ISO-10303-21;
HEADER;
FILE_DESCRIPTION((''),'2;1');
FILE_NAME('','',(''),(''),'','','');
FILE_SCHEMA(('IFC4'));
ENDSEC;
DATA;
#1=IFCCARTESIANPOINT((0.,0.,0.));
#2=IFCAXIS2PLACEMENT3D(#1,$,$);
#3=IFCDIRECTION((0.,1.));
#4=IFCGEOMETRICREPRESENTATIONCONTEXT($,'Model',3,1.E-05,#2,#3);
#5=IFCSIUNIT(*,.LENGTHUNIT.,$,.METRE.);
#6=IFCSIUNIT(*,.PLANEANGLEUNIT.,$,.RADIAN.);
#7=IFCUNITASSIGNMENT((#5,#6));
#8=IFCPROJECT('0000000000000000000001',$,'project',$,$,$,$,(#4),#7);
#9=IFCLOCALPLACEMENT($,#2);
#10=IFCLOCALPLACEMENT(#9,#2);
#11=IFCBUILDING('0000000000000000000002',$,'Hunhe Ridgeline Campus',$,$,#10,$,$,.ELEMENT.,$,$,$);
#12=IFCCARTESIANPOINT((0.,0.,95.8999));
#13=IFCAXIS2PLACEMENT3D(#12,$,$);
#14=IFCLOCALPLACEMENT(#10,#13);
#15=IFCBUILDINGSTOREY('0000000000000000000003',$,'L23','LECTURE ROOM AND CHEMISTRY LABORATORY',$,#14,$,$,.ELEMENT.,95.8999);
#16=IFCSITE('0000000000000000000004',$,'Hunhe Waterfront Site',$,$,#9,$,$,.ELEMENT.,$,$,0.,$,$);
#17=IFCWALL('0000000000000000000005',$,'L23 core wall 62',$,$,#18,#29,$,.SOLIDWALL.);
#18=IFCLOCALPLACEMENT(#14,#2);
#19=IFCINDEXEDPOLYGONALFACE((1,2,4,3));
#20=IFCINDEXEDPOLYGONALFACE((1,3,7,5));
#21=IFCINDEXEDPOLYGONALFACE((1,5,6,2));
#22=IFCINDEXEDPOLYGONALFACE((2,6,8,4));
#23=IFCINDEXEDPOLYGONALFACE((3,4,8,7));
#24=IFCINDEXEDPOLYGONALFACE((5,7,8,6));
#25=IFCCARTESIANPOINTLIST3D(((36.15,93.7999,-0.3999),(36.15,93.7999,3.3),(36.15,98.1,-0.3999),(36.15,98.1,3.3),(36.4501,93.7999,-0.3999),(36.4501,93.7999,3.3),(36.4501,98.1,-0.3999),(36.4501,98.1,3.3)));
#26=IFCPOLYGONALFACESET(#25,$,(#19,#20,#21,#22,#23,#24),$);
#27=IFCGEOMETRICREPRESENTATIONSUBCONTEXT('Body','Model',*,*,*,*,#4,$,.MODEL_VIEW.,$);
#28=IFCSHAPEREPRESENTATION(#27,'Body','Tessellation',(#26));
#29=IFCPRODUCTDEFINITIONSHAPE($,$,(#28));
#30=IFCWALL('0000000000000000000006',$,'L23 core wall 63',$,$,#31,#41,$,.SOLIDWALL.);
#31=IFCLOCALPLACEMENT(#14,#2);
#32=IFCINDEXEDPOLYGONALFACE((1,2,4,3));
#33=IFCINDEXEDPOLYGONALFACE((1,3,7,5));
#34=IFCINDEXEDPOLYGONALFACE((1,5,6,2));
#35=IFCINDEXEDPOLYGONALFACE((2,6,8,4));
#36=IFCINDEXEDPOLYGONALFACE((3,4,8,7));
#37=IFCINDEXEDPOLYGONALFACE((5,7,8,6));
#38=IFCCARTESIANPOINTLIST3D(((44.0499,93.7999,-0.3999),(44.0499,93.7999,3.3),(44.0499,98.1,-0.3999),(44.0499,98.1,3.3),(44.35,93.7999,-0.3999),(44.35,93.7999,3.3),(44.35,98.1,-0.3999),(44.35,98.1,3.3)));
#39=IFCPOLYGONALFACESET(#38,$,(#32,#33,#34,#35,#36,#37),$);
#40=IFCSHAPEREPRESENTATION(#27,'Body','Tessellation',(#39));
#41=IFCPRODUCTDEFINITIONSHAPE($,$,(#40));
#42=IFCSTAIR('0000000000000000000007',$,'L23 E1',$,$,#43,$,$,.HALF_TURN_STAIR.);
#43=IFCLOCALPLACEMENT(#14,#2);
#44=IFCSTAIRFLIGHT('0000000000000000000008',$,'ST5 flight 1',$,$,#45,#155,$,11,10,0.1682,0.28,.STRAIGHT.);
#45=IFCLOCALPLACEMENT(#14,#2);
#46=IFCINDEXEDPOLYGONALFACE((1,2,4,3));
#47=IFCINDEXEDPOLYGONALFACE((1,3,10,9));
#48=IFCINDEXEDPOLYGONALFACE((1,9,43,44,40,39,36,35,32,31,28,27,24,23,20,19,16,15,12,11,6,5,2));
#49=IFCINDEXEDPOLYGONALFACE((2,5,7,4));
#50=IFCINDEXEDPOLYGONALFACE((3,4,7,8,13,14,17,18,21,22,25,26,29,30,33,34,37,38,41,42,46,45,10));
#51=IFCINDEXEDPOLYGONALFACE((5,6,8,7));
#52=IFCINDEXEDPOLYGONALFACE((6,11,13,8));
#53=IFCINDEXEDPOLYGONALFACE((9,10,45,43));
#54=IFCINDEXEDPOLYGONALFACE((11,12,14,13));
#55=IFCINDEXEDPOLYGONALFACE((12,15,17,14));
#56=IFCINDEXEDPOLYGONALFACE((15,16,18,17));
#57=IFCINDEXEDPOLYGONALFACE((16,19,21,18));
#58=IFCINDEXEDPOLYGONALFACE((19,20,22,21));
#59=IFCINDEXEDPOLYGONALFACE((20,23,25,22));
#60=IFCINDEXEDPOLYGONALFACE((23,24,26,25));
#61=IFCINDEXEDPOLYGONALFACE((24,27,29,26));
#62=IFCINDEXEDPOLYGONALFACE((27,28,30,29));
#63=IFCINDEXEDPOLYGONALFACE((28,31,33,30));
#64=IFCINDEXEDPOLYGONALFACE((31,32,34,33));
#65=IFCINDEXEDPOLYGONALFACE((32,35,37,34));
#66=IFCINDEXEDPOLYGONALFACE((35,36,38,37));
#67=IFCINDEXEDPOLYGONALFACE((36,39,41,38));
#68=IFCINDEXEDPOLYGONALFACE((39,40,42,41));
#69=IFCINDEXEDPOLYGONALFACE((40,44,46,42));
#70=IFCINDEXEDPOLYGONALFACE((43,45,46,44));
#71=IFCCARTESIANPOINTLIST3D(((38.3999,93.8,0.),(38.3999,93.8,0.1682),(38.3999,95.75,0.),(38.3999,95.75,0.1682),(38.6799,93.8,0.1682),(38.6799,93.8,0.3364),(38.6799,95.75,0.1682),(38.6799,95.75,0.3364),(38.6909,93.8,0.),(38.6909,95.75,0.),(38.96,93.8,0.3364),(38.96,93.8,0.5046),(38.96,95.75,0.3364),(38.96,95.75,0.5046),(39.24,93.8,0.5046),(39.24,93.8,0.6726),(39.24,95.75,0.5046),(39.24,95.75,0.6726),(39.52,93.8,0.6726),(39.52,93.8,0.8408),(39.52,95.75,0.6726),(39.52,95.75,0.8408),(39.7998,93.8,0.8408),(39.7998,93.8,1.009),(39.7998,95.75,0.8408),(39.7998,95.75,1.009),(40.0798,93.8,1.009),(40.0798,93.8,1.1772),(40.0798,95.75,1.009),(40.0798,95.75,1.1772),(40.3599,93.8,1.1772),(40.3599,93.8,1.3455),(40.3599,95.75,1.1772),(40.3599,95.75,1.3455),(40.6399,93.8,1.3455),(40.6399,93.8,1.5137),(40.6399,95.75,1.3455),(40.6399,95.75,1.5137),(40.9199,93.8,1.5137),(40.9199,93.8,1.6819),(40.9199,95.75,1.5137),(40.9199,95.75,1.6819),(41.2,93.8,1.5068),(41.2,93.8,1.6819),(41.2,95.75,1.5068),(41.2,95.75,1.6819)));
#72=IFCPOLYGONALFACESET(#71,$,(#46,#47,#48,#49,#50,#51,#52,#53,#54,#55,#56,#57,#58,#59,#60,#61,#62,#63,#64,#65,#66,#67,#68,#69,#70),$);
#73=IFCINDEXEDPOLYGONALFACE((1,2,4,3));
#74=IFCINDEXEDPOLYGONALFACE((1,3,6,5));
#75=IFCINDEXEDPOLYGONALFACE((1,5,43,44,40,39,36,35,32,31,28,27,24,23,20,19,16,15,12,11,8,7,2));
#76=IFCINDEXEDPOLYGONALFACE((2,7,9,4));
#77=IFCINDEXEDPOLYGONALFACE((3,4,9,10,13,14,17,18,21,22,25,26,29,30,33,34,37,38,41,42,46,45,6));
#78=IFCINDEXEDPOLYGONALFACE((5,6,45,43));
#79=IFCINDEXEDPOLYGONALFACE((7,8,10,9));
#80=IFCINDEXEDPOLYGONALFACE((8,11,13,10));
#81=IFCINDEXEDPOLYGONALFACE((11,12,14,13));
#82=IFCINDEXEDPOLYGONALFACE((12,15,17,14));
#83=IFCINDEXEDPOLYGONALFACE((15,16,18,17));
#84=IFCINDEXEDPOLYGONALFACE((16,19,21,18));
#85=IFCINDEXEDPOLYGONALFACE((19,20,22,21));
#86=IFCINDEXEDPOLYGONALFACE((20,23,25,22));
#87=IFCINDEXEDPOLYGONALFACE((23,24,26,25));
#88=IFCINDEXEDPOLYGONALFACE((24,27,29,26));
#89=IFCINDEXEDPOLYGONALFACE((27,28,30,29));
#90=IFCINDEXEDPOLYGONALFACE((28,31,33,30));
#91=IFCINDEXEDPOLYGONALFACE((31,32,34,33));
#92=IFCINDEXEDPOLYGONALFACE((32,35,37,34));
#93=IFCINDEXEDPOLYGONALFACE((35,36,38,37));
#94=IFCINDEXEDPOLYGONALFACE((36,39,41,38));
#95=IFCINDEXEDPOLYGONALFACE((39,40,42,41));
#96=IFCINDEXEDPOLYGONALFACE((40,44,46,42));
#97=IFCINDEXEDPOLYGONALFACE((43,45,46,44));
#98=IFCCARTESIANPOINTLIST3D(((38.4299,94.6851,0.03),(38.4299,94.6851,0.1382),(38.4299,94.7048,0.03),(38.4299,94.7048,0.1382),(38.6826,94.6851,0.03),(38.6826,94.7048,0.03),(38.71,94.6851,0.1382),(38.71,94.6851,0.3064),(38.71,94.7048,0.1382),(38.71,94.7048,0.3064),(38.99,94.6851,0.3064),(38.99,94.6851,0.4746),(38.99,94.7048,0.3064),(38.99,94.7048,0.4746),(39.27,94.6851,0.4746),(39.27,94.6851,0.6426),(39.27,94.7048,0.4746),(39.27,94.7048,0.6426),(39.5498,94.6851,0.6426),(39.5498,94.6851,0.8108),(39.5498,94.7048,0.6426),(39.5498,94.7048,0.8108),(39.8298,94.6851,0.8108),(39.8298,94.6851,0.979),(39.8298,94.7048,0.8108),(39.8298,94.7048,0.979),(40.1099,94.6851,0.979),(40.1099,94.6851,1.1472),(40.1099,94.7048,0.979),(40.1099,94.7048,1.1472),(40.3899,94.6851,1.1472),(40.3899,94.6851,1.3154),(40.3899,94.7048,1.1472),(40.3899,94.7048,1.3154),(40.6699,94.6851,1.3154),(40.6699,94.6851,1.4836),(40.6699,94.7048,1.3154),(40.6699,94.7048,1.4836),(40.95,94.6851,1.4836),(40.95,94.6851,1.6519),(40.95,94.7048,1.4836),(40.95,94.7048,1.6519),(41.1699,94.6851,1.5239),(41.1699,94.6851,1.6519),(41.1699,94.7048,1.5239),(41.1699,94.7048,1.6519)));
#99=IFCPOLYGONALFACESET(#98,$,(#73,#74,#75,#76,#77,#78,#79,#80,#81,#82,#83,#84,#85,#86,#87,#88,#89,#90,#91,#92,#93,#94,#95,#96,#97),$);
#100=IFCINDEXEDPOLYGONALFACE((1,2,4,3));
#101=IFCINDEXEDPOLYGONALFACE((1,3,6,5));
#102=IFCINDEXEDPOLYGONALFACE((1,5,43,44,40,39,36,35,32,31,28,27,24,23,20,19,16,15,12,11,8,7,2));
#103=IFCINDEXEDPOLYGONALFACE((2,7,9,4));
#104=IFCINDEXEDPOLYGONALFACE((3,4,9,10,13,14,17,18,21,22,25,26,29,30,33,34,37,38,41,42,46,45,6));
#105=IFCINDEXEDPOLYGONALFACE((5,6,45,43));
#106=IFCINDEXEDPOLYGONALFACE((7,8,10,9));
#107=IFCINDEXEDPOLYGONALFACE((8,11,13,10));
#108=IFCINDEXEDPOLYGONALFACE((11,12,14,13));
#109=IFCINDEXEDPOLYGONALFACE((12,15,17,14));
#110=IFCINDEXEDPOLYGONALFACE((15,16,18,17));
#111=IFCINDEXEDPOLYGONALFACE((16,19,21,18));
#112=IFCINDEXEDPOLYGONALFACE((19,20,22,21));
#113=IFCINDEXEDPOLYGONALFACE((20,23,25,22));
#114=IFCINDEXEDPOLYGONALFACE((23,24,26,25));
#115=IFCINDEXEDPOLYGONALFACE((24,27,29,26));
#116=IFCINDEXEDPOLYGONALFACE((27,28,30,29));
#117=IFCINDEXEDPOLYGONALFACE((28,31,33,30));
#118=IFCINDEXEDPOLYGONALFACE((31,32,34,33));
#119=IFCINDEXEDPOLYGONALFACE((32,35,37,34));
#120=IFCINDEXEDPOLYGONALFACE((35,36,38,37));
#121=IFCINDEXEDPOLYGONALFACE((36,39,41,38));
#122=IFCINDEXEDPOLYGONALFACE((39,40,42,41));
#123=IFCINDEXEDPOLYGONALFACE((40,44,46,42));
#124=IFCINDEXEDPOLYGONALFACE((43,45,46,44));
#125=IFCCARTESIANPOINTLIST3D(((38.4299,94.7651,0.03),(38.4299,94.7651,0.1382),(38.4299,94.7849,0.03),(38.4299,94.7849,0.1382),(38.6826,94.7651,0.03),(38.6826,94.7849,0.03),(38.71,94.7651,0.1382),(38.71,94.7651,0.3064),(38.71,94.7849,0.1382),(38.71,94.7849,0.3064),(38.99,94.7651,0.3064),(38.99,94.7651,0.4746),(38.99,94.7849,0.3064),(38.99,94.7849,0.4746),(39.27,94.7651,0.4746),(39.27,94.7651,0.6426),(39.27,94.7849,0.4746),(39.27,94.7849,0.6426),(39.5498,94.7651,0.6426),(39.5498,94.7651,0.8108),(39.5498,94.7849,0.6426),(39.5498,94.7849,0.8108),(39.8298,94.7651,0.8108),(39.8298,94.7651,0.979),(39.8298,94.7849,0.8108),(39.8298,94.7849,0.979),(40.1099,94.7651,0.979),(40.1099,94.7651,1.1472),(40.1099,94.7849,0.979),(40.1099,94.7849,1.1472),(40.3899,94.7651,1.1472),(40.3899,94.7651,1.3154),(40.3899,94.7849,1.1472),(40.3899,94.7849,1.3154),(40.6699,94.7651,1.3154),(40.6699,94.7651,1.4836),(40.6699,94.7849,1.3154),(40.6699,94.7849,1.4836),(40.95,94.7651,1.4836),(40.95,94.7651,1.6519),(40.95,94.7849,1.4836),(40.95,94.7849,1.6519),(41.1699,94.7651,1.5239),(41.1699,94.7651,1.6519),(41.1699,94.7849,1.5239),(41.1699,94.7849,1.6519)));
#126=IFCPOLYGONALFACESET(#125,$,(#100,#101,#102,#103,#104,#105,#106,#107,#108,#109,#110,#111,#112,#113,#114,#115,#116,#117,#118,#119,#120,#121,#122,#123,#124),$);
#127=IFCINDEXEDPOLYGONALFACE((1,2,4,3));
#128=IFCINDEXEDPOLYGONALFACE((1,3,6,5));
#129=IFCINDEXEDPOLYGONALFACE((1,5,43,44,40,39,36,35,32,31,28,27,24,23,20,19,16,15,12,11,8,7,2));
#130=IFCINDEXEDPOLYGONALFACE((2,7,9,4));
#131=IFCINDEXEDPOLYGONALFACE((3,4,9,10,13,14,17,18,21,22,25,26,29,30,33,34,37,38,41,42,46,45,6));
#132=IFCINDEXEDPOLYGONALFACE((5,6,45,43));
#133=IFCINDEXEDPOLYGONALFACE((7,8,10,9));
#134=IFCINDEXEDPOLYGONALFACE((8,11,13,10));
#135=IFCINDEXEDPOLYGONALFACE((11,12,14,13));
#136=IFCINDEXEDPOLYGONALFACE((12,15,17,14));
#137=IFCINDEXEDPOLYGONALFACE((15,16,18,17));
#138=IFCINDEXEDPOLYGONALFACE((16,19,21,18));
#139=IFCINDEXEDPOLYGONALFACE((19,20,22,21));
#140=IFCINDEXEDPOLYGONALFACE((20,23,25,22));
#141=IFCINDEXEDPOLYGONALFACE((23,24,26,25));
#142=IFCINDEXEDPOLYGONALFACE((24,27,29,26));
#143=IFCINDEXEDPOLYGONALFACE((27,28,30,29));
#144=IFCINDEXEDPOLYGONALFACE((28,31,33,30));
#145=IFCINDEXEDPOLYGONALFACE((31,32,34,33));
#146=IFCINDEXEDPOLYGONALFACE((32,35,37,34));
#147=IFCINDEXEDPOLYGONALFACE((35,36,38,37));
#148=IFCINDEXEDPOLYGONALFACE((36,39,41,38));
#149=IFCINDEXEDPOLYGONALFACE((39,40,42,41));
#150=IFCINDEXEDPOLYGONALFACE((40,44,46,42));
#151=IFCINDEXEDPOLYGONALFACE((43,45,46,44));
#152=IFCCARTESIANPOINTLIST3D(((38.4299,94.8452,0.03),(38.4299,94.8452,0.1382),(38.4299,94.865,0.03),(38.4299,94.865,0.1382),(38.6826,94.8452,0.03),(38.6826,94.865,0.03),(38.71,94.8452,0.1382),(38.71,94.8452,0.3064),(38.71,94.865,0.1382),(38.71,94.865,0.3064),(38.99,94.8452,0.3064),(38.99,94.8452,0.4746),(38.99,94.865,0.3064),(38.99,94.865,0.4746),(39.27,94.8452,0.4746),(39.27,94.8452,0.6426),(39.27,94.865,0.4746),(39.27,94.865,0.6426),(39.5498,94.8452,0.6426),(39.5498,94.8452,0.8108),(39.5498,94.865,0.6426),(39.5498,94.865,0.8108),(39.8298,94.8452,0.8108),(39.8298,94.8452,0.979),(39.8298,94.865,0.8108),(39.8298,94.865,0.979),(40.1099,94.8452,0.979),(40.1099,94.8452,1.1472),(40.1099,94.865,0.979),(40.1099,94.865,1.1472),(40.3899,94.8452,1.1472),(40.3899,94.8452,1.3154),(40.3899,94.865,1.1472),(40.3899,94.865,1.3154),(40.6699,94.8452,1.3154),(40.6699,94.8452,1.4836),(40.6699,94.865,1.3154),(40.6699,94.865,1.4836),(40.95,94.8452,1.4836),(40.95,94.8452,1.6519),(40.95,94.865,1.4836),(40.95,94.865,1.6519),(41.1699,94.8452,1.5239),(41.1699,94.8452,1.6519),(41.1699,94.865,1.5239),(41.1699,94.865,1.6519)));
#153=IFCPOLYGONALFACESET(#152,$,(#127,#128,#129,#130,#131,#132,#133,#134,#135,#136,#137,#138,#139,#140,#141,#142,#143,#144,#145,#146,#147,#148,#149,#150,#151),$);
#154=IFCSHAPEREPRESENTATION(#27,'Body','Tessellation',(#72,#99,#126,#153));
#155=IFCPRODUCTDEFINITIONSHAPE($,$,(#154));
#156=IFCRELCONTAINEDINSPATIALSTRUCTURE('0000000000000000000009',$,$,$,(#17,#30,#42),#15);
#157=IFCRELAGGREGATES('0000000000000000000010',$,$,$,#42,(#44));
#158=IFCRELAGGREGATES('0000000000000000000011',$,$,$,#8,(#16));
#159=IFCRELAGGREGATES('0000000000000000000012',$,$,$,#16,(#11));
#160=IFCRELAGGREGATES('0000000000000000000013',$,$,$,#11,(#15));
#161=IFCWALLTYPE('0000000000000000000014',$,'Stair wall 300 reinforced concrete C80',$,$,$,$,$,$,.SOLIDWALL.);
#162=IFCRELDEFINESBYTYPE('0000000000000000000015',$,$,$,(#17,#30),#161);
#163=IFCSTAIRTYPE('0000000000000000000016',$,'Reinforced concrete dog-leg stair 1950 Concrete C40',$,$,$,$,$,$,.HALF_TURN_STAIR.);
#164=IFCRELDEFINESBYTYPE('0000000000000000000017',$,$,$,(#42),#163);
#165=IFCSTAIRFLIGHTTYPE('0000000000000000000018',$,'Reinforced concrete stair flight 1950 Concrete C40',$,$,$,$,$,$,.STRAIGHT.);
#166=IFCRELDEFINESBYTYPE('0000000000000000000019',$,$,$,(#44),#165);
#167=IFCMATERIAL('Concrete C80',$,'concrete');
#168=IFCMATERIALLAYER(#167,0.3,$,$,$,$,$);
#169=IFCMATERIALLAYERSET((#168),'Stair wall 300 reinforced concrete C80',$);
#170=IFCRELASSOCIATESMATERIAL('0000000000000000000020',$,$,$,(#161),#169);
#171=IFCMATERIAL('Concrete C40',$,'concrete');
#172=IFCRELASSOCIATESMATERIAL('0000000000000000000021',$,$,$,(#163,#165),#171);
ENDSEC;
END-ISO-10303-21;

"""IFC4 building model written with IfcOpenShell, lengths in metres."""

from ifc_helpers import new_model, si_unit, direction, frame, frame_2d, origin, place, context, subcontext, project, spatial, polyline, rectangle, outline, extrude, material, layer, layer_set, type_object, element, aggregate, save


model = new_model("IFC4")

# Units and contexts
model_context = context("Model", 3, precision=1e-05, world=origin(), true_north=direction((0.0, 1.0)))
body_context = subcontext(model_context, "Body", "Model", "MODEL_VIEW")
ifc_project = project(units=[si_unit("LENGTHUNIT", "METRE"), si_unit("PLANEANGLEUNIT", "RADIAN")], contexts=[model_context])

# Site, building, storey
site_placement = place(None, origin())
site = spatial("IfcSite", under=ifc_project, at=site_placement, Name="Hunhe Waterfront Site", CompositionType="ELEMENT", RefElevation=0.0)
building_placement = place(site_placement, origin())
building = spatial("IfcBuilding", under=site, at=building_placement, Name="Hunhe Ridgeline Campus", CompositionType="ELEMENT")
storey_placement = place(building_placement, frame((0.0, 0.0, 95.8999)))
storey = spatial("IfcBuildingStorey", under=building, at=storey_placement, Name="L23", Description="LECTURE ROOM AND CHEMISTRY LABORATORY", CompositionType="ELEMENT", Elevation=95.8999)

# Shared definitions
ifc_material_1 = material(Name="Concrete C80", Category="concrete")

# Shared definitions
ifc_layer_1 = layer(ifc_material_1, 0.3)
ifc_layer_set_1 = layer_set([ifc_layer_1], Name="Stair wall 300 reinforced concrete C80")
wall_type_1 = type_object("IfcWallType", Name="Stair wall 300 reinforced concrete C80", PredefinedType="SOLIDWALL", material=ifc_layer_set_1)

# Walls
for number, where, z_axis, x_axis, name in (
    (1, (36.3, 93.8, -0.3999), (0.0, 0.0, 1.0), (0.0, 1.0, 0.0), "L23 core wall 62"),
    (2, (44.2, 93.8, -0.3999), (0.0, 0.0, 1.0), (0.0, 1.0, 0.0), "L23 core wall 63"),
):
    element("IfcWall", number, at=place(storey_placement, frame(where, z_axis=z_axis, x_axis=x_axis)), inside=storey, type_object=wall_type_1, Name=name, PredefinedType="SOLIDWALL", context=body_context, shape_type="SweptSolid", body=[
        extrude(rectangle(XDim=4.3, YDim=0.3, at=frame_2d((2.1499, 0.0))), origin(), (0.0, 0.0, 1.0), 3.7),
    ])

# Stair, stair flight
ifc_material_2 = material(Name="Concrete C40", Category="concrete")
stair_type = type_object("IfcStairType", Name="Reinforced concrete dog-leg stair 1950 Concrete C40", PredefinedType="HALF_TURN_STAIR", material=ifc_material_2)
stair_placement = place(storey_placement, origin())
stair = element("IfcStair", 3, at=stair_placement, inside=storey, type_object=stair_type, Name="L23 E1", PredefinedType="HALF_TURN_STAIR")
stair_flight_type = type_object("IfcStairFlightType", Name="Reinforced concrete stair flight 1950 Concrete C40", PredefinedType="STRAIGHT", material=ifc_material_2)
stair_flight_1_placement = place(storey_placement, frame((38.3999, 94.7749, 0.0), z_axis=(0.0, 0.0, 1.0), x_axis=(1.0, 0.0, 0.0)))
stair_flight_1 = element("IfcStairFlight", 4, at=stair_flight_1_placement, type_object=stair_flight_type, Name="ST5 flight 1", NumberOfRisers=11, NumberOfTreads=10, PredefinedType="STRAIGHT", RiserHeight=0.1682, TreadLength=0.28, context=body_context, shape_type="SweptSolid", body=[
    extrude(outline(polyline([(0.0, 0.0), (0.0, 0.1682), (0.28, 0.1682), (0.28, 0.3364), (0.5601, 0.3364), (0.5601, 0.5046), (0.8401, 0.5046), (0.8401, 0.6726), (1.1201, 0.6726), (1.1201, 0.8408), (1.3999, 0.8408), (1.3999, 1.009), (1.6799, 1.009), (1.6799, 1.1772), (1.96, 1.1772), (1.96, 1.3455), (2.24, 1.3455), (2.24, 1.5137), (2.52, 1.5137), (2.52, 1.6819), (2.8, 1.6819), (2.8, 1.8501), (2.8, 1.5068), (0.291, 0.0), (0.0, 0.0)])), frame((0.0, 0.9751, 0.0), z_axis=(0.0, -1.0, 0.0), x_axis=(1.0, 0.0, 0.0)), (0.0, 0.0, 1.0), 1.95),
    extrude(outline(polyline([(0.03, 0.03), (0.03, 0.1382), (0.3101, 0.1382), (0.3101, 0.3064), (0.5901, 0.3064), (0.5901, 0.4746), (0.8701, 0.4746), (0.8701, 0.6426), (1.1499, 0.6426), (1.1499, 0.8108), (1.4299, 0.8108), (1.4299, 0.979), (1.71, 0.979), (1.71, 1.1472), (1.99, 1.1472), (1.99, 1.3154), (2.27, 1.3154), (2.27, 1.4836), (2.55, 1.4836), (2.55, 1.6519), (2.77, 1.6519), (2.77, 1.5239), (0.2827, 0.03), (0.03, 0.03)])), frame((0.0, -0.0701, 0.0), z_axis=(0.0, -1.0, 0.0), x_axis=(1.0, 0.0, 0.0)), (0.0, 0.0, 1.0), 0.0198),
    extrude(outline(polyline([(0.03, 0.03), (0.03, 0.1382), (0.3101, 0.1382), (0.3101, 0.3064), (0.5901, 0.3064), (0.5901, 0.4746), (0.8701, 0.4746), (0.8701, 0.6426), (1.1499, 0.6426), (1.1499, 0.8108), (1.4299, 0.8108), (1.4299, 0.979), (1.71, 0.979), (1.71, 1.1472), (1.99, 1.1472), (1.99, 1.3154), (2.27, 1.3154), (2.27, 1.4836), (2.55, 1.4836), (2.55, 1.6519), (2.77, 1.6519), (2.77, 1.5239), (0.2827, 0.03), (0.03, 0.03)])), frame((0.0, 0.01, 0.0), z_axis=(0.0, -1.0, 0.0), x_axis=(1.0, 0.0, 0.0)), (0.0, 0.0, 1.0), 0.0198),
    extrude(outline(polyline([(0.03, 0.03), (0.03, 0.1382), (0.3101, 0.1382), (0.3101, 0.3064), (0.5901, 0.3064), (0.5901, 0.4746), (0.8701, 0.4746), (0.8701, 0.6426), (1.1499, 0.6426), (1.1499, 0.8108), (1.4299, 0.8108), (1.4299, 0.979), (1.71, 0.979), (1.71, 1.1472), (1.99, 1.1472), (1.99, 1.3154), (2.27, 1.3154), (2.27, 1.4836), (2.55, 1.4836), (2.55, 1.6519), (2.77, 1.6519), (2.77, 1.5239), (0.2827, 0.03), (0.03, 0.03)])), frame((0.0, 0.0901, 0.0), z_axis=(0.0, -1.0, 0.0), x_axis=(1.0, 0.0, 0.0)), (0.0, 0.0, 1.0), 0.0198),
])
aggregate(stair, [stair_flight_1])

save(model, "model.ifc")
